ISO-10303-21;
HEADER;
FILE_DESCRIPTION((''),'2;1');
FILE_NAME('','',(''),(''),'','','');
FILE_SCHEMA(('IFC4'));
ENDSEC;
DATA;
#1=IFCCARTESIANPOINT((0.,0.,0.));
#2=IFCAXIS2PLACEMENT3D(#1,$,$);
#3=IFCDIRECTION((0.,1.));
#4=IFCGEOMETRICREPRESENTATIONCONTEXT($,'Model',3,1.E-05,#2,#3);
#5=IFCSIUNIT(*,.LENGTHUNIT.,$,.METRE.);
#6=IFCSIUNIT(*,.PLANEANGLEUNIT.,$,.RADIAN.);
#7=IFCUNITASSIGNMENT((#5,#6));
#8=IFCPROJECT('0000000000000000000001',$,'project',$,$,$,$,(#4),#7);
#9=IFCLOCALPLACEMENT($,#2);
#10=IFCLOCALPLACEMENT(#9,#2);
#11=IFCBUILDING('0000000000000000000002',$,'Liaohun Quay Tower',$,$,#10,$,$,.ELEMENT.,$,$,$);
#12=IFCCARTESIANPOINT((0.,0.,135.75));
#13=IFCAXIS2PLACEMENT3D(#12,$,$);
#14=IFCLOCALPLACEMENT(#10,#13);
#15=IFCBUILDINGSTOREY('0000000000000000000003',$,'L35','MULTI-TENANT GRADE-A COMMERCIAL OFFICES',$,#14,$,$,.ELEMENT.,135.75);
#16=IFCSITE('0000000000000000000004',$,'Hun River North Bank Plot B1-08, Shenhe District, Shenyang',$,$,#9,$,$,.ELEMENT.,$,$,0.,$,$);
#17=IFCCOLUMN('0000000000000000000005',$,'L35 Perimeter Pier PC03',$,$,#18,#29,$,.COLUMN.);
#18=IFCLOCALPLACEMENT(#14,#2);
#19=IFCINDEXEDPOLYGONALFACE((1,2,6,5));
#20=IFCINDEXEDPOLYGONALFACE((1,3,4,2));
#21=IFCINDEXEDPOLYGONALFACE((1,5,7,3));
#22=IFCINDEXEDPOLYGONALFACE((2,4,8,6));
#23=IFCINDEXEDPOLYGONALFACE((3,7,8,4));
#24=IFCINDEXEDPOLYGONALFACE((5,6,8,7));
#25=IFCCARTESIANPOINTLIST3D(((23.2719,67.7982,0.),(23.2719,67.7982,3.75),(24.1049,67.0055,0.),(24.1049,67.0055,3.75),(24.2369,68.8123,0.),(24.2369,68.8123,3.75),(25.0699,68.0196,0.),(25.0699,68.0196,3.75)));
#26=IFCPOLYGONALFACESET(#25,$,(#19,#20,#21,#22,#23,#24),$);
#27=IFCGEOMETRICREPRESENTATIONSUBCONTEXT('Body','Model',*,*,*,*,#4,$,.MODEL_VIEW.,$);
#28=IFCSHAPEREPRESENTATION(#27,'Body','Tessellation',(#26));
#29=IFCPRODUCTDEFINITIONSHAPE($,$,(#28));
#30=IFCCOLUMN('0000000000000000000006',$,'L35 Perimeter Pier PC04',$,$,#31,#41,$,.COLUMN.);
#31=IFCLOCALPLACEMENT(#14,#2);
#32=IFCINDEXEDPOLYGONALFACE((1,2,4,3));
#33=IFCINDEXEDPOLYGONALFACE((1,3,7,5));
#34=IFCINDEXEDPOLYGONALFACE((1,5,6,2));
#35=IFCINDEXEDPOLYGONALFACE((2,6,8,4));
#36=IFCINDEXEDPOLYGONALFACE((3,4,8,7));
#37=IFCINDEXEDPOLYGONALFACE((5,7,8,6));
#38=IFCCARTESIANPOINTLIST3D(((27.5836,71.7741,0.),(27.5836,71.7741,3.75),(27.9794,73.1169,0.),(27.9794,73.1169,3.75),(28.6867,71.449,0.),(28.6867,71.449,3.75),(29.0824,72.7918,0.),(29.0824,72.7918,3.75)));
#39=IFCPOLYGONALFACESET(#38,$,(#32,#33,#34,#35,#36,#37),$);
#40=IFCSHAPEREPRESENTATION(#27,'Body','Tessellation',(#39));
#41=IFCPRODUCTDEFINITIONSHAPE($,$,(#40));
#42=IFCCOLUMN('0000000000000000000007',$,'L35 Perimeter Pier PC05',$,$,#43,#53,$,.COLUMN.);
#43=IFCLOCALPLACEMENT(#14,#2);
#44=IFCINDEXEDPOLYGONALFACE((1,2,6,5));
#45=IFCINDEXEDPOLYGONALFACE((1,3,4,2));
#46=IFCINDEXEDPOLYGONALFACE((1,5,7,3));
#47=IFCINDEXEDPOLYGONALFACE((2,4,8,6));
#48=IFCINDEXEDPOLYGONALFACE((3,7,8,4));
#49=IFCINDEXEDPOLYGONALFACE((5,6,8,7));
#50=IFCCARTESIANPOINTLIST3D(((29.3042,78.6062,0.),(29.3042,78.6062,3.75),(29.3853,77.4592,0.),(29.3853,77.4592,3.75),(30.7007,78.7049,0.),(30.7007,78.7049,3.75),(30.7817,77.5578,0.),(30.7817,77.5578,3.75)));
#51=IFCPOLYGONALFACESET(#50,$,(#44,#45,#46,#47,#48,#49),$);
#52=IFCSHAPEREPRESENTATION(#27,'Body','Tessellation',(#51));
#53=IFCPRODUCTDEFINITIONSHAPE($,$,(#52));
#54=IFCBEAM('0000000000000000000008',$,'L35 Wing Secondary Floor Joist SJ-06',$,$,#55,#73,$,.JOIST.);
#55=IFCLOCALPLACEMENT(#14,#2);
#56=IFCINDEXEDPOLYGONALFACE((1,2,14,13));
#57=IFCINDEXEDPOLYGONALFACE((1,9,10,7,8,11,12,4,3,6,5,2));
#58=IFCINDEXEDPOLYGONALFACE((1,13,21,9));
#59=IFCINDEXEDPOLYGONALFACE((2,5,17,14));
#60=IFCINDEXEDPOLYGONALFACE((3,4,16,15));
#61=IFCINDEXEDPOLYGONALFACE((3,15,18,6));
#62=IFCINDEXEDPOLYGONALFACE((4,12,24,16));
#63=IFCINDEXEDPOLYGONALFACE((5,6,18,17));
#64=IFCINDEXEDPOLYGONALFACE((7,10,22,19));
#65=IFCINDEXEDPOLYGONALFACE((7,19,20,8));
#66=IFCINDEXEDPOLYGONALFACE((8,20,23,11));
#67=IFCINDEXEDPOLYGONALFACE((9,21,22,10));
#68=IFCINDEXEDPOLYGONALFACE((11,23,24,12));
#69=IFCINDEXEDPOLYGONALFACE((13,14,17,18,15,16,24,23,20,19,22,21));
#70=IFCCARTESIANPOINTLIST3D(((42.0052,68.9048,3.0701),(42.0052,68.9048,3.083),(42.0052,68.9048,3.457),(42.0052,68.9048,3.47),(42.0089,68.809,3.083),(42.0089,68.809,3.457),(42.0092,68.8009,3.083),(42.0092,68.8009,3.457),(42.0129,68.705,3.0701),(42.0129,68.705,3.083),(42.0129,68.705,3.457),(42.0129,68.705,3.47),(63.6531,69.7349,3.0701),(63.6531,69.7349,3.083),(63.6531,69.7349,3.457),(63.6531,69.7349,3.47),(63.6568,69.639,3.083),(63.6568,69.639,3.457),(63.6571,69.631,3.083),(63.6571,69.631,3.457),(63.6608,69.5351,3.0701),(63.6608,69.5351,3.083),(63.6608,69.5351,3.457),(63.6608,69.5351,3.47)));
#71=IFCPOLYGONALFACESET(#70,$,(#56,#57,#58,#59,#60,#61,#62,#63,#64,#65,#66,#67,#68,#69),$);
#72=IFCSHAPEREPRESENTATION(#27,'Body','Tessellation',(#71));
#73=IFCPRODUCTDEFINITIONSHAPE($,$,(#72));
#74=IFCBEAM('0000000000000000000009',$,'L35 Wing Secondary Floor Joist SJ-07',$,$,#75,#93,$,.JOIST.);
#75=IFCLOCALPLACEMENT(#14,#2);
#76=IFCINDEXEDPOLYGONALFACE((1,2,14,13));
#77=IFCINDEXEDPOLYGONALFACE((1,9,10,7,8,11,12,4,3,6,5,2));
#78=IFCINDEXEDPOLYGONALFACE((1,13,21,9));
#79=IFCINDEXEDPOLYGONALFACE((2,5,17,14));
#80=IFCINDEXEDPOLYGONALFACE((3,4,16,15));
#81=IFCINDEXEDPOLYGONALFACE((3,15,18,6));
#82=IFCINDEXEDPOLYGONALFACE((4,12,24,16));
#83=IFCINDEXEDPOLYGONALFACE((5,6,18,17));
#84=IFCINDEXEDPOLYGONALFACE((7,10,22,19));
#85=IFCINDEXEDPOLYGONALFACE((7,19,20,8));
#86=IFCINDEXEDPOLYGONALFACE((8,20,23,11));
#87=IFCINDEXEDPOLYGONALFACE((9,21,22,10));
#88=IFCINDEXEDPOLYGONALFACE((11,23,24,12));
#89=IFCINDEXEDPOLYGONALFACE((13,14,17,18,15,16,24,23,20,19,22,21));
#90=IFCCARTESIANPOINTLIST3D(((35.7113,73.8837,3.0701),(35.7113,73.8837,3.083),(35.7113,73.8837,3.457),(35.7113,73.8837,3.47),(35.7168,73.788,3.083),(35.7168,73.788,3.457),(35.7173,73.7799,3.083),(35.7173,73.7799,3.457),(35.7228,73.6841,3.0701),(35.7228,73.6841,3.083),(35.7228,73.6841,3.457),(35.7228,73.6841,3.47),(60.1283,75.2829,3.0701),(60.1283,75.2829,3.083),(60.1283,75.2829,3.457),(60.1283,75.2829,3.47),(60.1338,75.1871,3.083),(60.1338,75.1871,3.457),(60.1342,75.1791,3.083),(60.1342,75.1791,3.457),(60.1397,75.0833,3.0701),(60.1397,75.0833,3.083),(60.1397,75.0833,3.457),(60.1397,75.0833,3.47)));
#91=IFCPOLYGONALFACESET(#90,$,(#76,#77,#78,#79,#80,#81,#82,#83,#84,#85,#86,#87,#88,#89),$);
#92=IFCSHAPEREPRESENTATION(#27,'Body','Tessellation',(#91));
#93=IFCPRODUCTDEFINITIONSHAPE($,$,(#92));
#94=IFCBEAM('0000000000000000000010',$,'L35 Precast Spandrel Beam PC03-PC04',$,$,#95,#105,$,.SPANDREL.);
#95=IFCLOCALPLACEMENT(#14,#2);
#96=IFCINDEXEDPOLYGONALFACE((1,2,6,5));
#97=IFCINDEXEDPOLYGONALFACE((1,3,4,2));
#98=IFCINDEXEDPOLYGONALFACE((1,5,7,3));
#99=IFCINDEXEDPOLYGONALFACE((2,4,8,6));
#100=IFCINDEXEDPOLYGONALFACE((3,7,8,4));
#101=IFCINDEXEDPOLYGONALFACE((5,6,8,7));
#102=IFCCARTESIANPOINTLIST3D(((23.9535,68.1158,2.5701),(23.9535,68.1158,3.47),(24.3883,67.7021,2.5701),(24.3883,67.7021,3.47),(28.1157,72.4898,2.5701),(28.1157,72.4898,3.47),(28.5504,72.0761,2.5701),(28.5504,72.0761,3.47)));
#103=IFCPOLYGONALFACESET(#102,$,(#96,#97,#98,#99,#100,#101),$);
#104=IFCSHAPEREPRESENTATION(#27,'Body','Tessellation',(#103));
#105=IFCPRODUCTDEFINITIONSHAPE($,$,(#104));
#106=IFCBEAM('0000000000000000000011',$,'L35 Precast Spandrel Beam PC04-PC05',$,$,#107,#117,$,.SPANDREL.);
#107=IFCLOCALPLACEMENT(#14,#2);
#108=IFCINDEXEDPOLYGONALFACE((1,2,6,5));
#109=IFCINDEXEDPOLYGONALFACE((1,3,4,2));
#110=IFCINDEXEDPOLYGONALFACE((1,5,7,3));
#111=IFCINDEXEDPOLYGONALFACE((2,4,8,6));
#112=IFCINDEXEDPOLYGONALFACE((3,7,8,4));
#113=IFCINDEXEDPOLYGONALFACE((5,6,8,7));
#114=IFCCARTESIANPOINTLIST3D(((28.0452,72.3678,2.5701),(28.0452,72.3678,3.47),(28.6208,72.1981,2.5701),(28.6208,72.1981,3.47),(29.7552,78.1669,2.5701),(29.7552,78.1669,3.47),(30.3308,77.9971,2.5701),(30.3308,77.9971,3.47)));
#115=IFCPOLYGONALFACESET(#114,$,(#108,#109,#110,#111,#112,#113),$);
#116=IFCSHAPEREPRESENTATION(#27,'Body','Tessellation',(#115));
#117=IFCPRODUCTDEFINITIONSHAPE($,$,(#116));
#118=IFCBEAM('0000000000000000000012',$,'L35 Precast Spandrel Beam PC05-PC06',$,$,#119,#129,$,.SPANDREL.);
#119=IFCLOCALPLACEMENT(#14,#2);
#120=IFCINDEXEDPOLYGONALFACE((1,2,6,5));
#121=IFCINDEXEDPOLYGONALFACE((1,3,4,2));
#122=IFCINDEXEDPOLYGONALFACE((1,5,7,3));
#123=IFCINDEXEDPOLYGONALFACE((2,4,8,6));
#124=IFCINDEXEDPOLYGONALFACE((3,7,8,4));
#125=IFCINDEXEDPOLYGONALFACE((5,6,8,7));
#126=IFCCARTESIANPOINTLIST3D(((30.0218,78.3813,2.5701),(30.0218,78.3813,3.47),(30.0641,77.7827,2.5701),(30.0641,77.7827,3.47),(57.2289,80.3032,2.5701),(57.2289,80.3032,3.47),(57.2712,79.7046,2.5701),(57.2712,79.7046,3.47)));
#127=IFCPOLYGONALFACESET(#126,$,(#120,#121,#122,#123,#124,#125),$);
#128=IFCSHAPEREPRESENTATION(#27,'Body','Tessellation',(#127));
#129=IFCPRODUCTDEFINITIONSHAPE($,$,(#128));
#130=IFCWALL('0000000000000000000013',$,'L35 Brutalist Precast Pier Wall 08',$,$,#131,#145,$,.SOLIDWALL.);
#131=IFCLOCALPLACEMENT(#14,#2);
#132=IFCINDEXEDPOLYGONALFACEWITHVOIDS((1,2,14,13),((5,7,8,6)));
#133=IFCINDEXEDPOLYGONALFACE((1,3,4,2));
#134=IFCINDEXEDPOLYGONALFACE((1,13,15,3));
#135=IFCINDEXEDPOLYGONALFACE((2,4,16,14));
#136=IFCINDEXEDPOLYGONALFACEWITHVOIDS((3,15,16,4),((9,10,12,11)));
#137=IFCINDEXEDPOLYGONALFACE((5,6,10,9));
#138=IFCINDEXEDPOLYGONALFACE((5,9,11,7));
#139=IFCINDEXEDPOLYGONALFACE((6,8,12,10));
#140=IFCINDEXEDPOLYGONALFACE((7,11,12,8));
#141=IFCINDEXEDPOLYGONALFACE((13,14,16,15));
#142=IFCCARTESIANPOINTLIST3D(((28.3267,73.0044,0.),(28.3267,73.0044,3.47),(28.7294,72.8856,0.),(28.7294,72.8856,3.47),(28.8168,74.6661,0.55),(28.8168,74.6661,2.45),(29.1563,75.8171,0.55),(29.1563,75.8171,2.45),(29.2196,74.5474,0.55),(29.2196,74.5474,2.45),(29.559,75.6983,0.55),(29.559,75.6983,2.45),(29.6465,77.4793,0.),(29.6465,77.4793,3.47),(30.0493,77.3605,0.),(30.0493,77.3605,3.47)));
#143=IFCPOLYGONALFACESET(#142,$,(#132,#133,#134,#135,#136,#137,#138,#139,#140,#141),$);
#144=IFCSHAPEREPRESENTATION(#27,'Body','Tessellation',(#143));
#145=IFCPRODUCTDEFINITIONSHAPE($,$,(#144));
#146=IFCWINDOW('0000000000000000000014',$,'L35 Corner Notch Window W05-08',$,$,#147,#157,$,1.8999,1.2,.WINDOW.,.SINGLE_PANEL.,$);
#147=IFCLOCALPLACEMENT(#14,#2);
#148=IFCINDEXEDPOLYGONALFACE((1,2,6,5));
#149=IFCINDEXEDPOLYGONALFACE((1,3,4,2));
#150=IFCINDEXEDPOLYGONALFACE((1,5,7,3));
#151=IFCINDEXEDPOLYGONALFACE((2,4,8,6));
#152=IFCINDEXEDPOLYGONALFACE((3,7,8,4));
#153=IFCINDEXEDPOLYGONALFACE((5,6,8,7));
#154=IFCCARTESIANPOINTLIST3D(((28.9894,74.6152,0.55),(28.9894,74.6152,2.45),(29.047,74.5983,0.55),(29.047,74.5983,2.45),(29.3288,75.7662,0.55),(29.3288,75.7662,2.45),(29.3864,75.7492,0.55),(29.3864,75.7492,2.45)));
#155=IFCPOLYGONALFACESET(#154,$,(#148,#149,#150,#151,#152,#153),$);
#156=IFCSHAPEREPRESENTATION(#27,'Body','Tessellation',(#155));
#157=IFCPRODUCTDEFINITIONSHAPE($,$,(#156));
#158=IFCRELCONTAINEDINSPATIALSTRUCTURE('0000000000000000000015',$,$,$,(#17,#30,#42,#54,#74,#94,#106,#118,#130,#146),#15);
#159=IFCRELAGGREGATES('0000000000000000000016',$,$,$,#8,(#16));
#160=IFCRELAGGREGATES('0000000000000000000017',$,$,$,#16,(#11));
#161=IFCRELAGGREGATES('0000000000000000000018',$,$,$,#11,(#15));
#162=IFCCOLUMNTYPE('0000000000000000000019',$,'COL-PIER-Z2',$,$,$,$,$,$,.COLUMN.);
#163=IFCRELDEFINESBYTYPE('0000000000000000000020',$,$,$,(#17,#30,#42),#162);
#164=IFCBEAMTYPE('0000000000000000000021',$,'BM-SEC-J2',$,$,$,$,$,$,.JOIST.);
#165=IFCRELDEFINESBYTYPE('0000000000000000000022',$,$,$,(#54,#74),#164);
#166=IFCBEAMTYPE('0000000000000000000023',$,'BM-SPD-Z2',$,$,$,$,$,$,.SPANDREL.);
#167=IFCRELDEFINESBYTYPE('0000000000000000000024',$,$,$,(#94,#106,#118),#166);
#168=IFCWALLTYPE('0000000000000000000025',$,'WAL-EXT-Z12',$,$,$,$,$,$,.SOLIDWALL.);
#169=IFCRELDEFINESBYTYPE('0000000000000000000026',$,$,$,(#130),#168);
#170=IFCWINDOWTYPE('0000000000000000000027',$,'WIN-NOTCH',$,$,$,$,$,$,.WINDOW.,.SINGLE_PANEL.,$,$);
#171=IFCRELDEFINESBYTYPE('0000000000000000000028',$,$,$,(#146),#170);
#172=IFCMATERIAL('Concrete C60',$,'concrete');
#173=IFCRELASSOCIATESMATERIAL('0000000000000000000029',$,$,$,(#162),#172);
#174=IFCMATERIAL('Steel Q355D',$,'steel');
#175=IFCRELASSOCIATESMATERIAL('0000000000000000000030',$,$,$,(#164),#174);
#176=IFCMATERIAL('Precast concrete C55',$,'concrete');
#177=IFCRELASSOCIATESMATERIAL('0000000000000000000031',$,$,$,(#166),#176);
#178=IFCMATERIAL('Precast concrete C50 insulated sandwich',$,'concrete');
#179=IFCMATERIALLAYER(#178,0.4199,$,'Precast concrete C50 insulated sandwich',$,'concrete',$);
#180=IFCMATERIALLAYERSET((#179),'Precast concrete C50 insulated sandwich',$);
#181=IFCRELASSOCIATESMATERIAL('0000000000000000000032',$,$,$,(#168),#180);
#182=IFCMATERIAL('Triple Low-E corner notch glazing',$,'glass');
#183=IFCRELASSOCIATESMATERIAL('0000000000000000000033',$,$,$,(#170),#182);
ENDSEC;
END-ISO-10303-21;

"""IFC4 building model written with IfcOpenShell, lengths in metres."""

from ifc_helpers import new_model, si_unit, direction, frame, frame_2d, origin, origin_2d, place, context, subcontext, project, spatial, rectangle, i_section, extrude, source, transform, mapped, material, layer, layer_set, material_profile, profile_set, type_object, element, fill, save


model = new_model("IFC4")

# Units and contexts
model_context = context("Model", 3, precision=1e-05, world=origin(), true_north=direction((0.0, 1.0)))
body_context = subcontext(model_context, "Body", "Model", "MODEL_VIEW")
ifc_project = project(units=[si_unit("LENGTHUNIT", "METRE"), si_unit("PLANEANGLEUNIT", "RADIAN")], contexts=[model_context])

# Site, building, storey
site_placement = place(None, origin())
site = spatial("IfcSite", under=ifc_project, at=site_placement, Name="Hun River North Bank Plot B1-08, Shenhe District, Shenyang", CompositionType="ELEMENT", RefElevation=0.0)
building_placement = place(site_placement, origin())
building = spatial("IfcBuilding", under=site, at=building_placement, Name="Liaohun Quay Tower", CompositionType="ELEMENT")
storey_placement = place(building_placement, frame((0.0, 0.0, 135.75)))
storey = spatial("IfcBuildingStorey", under=building, at=storey_placement, Name="L35", Description="MULTI-TENANT GRADE-A COMMERCIAL OFFICES", CompositionType="ELEMENT", Elevation=135.75)

# Columns
ifc_material_1 = material(Name="Concrete C60", Category="concrete")
ifc_material_profile_1 = material_profile(ifc_material_1, rectangle(XDim=1.3999, YDim=1.1499, at=origin_2d()), Name="RC1400x1150")
ifc_profile_set_1 = profile_set([ifc_material_profile_1], Name="Concrete C60")
column_type = type_object("IfcColumnType", Name="COL-PIER-Z2", PredefinedType="COLUMN", material=ifc_profile_set_1)
shared_shape_1 = source(origin(), body_context, "Body", "SweptSolid", [
    extrude(rectangle(XDim=1.3999, YDim=1.1499, at=origin_2d()), origin(), (0.0, 0.0, 1.0), 3.75),
])
for number, where, z_axis, x_axis, name in (
    (1, (24.1709, 67.9089, 0.0), (0.0, 0.0, 1.0), (0.689367, 0.724413, 0.0), "L35 Perimeter Pier PC03"),
    (2, (28.333, 72.283, 0.0), (0.0, 0.0, 1.0), (0.282676, 0.959215, 0.0), "L35 Perimeter Pier PC04"),
    (3, (30.043, 78.082, 0.0), (0.0, 0.0, 1.0), (0.997515, 0.070453, 0.0), "L35 Perimeter Pier PC05"),
):
    element("IfcColumn", number, at=place(storey_placement, frame(where, z_axis=z_axis, x_axis=x_axis)), inside=storey, type_object=column_type, Name=name, PredefinedType="COLUMN", context=body_context, shape_type="MappedRepresentation", body=[
        mapped(shared_shape_1, transform((0.0, 0.0, 0.0), x_axis=(1.0, 0.0, 0.0), y_axis=(0.0, 1.0, 0.0), z_axis=(0.0, 0.0, 1.0), scale=1.0)),
    ])

# Beams
ifc_material_2 = material(Name="Steel Q355D", Category="steel")
ifc_material_profile_2 = material_profile(ifc_material_2, i_section(OverallWidth=0.2, OverallDepth=0.3999, WebThickness=0.0081, FlangeThickness=0.0129, at=origin_2d()), Name="HN400x200x8x13")
ifc_profile_set_2 = profile_set([ifc_material_profile_2], Name="Steel Q355D")
beam_type_1 = type_object("IfcBeamType", Name="BM-SEC-J2", PredefinedType="JOIST", material=ifc_profile_set_2)
shared_shape_2 = source(origin(), body_context, "Body", "SweptSolid", [
    extrude(i_section(OverallWidth=0.2, OverallDepth=0.3999, WebThickness=0.0081, FlangeThickness=0.0129, at=origin_2d()), origin(), (0.0, 0.0, 1.0), 21.6638),
])
beam_1_placement = place(storey_placement, frame((42.009, 68.8049, 3.27), z_axis=(0.999266, 0.038316, 0.0), x_axis=(-0.038316, 0.999266, 0.0)))
element("IfcBeam", 4, at=beam_1_placement, inside=storey, type_object=beam_type_1, Name="L35 Wing Secondary Floor Joist SJ-06", PredefinedType="JOIST", context=body_context, shape_type="MappedRepresentation", body=[
    mapped(shared_shape_2, transform((0.0, 0.0, 0.0), x_axis=(1.0, 0.0, 0.0), y_axis=(0.0, 1.0, 0.0), z_axis=(0.0, 0.0, 1.0), scale=1.0)),
])
shared_shape_3 = source(origin(), body_context, "Body", "SweptSolid", [
    extrude(i_section(OverallWidth=0.2, OverallDepth=0.3999, WebThickness=0.0081, FlangeThickness=0.0129, at=origin_2d()), origin(), (0.0, 0.0, 1.0), 24.457),
])
beam_2_placement = place(storey_placement, frame((35.717, 73.7839, 3.27), z_axis=(0.998362, 0.057209, 0.0), x_axis=(-0.057209, 0.998362, 0.0)))
element("IfcBeam", 5, at=beam_2_placement, inside=storey, type_object=beam_type_1, Name="L35 Wing Secondary Floor Joist SJ-07", PredefinedType="JOIST", context=body_context, shape_type="MappedRepresentation", body=[
    mapped(shared_shape_3, transform((0.0, 0.0, 0.0), x_axis=(1.0, 0.0, 0.0), y_axis=(0.0, 1.0, 0.0), z_axis=(0.0, 0.0, 1.0), scale=1.0)),
])
ifc_material_3 = material(Name="Precast concrete C55", Category="concrete")
ifc_material_profile_3 = material_profile(ifc_material_3, rectangle(XDim=0.6001, YDim=0.8999, at=origin_2d()), Name="RC600x900")
ifc_profile_set_3 = profile_set([ifc_material_profile_3], Name="Precast concrete C55")
beam_type_2 = type_object("IfcBeamType", Name="BM-SPD-Z2", PredefinedType="SPANDREL", material=ifc_profile_set_3)
shared_shape_4 = source(origin(), body_context, "Body", "SweptSolid", [
    extrude(rectangle(XDim=0.6001, YDim=0.8999, at=origin_2d()), origin(), (0.0, 0.0, 1.0), 6.0378),
])
beam_3_placement = place(storey_placement, frame((24.1709, 67.9089, 3.02), z_axis=(0.68934, 0.724438, 0.0), x_axis=(-0.724438, 0.68934, 0.0)))
element("IfcBeam", 6, at=beam_3_placement, inside=storey, type_object=beam_type_2, Name="L35 Precast Spandrel Beam PC03-PC04", PredefinedType="SPANDREL", context=body_context, shape_type="MappedRepresentation", body=[
    mapped(shared_shape_4, transform((0.0, 0.0, 0.0), x_axis=(1.0, 0.0, 0.0), y_axis=(0.0, 1.0, 0.0), z_axis=(0.0, 0.0, 1.0), scale=1.0)),
])
shared_shape_5 = source(origin(), body_context, "Body", "SweptSolid", [
    extrude(rectangle(XDim=0.6001, YDim=0.8999, at=origin_2d()), origin(), (0.0, 0.0, 1.0), 6.0459),
])
beam_4_placement = place(storey_placement, frame((28.333, 72.283, 3.02), z_axis=(0.282829, 0.95917, 0.0), x_axis=(-0.95917, 0.282829, 0.0)))
element("IfcBeam", 7, at=beam_4_placement, inside=storey, type_object=beam_type_2, Name="L35 Precast Spandrel Beam PC04-PC05", PredefinedType="SPANDREL", context=body_context, shape_type="MappedRepresentation", body=[
    mapped(shared_shape_5, transform((0.0, 0.0, 0.0), x_axis=(1.0, 0.0, 0.0), y_axis=(0.0, 1.0, 0.0), z_axis=(0.0, 0.0, 1.0), scale=1.0)),
])
shared_shape_6 = source(origin(), body_context, "Body", "SweptSolid", [
    extrude(rectangle(XDim=0.6001, YDim=0.8999, at=origin_2d()), origin(), (0.0, 0.0, 1.0), 27.2749),
])
beam_5_placement = place(storey_placement, frame((30.043, 78.082, 3.02), z_axis=(0.997514, 0.070463, 0.0), x_axis=(-0.070463, 0.997514, 0.0)))
element("IfcBeam", 8, at=beam_5_placement, inside=storey, type_object=beam_type_2, Name="L35 Precast Spandrel Beam PC05-PC06", PredefinedType="SPANDREL", context=body_context, shape_type="MappedRepresentation", body=[
    mapped(shared_shape_6, transform((0.0, 0.0, 0.0), x_axis=(1.0, 0.0, 0.0), y_axis=(0.0, 1.0, 0.0), z_axis=(0.0, 0.0, 1.0), scale=1.0)),
])

# Wall, opening, window
ifc_material_4 = material(Name="Precast concrete C50 insulated sandwich", Category="concrete")
ifc_layer_1 = layer(ifc_material_4, 0.4199, Name="Precast concrete C50 insulated sandwich", Category="concrete")
ifc_layer_set_1 = layer_set([ifc_layer_1], Name="Precast concrete C50 insulated sandwich")
wall_type_1 = type_object("IfcWallType", Name="WAL-EXT-Z12", PredefinedType="SOLIDWALL", material=ifc_layer_set_1)
wall_1_placement = place(storey_placement, frame((29.8479, 77.4199, 0.0), z_axis=(0.0, 0.0, 1.0), x_axis=(-0.282894, -0.959151, 0.0)))
wall_1 = element("IfcWall", 9, at=wall_1_placement, inside=storey, type_object=wall_type_1, Name="L35 Brutalist Precast Pier Wall 08", PredefinedType="SOLIDWALL", context=body_context, shape_type="SweptSolid", body=[
    extrude(rectangle(XDim=4.6655, YDim=0.4199, at=frame_2d((2.3328, 0.0))), origin(), (0.0, 0.0, 1.0), 3.47),
])
shared_shape_7 = source(origin(), body_context, "Body", "SweptSolid", [
    extrude(rectangle(XDim=1.2, YDim=1.8999, at=frame_2d((0.6001, 0.95))), frame((0.0, 0.22, 0.0), z_axis=(0.0, -1.0, 0.0), x_axis=(1.0, 0.0, 0.0)), (0.0, 0.0, 1.0), 0.4399),
])
opening_1_placement = place(wall_1_placement, frame((1.7329, 0.0, 0.55)))
opening_1 = element("IfcOpeningElement", 10, at=opening_1_placement, cuts=wall_1, PredefinedType="OPENING", context=body_context, shape_type="MappedRepresentation", body=[
    mapped(shared_shape_7, transform((0.0, 0.0, 0.0), x_axis=(1.0, 0.0, 0.0), y_axis=(0.0, 1.0, 0.0), z_axis=(0.0, 0.0, 1.0), scale=1.0)),
])
ifc_material_5 = material(Name="Triple Low-E corner notch glazing", Category="glass")
window_type_1 = type_object("IfcWindowType", Name="WIN-NOTCH", PartitioningType="SINGLE_PANEL", PredefinedType="WINDOW", material=ifc_material_5)
shared_shape_8 = source(origin(), body_context, "Body", "SweptSolid", [
    extrude(rectangle(XDim=1.2, YDim=1.8999, at=frame_2d((0.6001, 0.95))), frame((0.0, 0.03, 0.0), z_axis=(0.0, -1.0, 0.0), x_axis=(1.0, 0.0, 0.0)), (0.0, 0.0, 1.0), 0.0601),
])
window_1_placement = place(opening_1_placement, origin())
window_1 = element("IfcWindow", 11, at=window_1_placement, inside=storey, type_object=window_type_1, Name="L35 Corner Notch Window W05-08", OverallHeight=1.8999, OverallWidth=1.2, PartitioningType="SINGLE_PANEL", PredefinedType="WINDOW", context=body_context, shape_type="MappedRepresentation", body=[
    mapped(shared_shape_8, transform((0.0, 0.0, 0.0), x_axis=(1.0, 0.0, 0.0), y_axis=(0.0, 1.0, 0.0), z_axis=(0.0, 0.0, 1.0), scale=1.0)),
])
fill(opening_1, window_1)

save(model, "model.ifc")
